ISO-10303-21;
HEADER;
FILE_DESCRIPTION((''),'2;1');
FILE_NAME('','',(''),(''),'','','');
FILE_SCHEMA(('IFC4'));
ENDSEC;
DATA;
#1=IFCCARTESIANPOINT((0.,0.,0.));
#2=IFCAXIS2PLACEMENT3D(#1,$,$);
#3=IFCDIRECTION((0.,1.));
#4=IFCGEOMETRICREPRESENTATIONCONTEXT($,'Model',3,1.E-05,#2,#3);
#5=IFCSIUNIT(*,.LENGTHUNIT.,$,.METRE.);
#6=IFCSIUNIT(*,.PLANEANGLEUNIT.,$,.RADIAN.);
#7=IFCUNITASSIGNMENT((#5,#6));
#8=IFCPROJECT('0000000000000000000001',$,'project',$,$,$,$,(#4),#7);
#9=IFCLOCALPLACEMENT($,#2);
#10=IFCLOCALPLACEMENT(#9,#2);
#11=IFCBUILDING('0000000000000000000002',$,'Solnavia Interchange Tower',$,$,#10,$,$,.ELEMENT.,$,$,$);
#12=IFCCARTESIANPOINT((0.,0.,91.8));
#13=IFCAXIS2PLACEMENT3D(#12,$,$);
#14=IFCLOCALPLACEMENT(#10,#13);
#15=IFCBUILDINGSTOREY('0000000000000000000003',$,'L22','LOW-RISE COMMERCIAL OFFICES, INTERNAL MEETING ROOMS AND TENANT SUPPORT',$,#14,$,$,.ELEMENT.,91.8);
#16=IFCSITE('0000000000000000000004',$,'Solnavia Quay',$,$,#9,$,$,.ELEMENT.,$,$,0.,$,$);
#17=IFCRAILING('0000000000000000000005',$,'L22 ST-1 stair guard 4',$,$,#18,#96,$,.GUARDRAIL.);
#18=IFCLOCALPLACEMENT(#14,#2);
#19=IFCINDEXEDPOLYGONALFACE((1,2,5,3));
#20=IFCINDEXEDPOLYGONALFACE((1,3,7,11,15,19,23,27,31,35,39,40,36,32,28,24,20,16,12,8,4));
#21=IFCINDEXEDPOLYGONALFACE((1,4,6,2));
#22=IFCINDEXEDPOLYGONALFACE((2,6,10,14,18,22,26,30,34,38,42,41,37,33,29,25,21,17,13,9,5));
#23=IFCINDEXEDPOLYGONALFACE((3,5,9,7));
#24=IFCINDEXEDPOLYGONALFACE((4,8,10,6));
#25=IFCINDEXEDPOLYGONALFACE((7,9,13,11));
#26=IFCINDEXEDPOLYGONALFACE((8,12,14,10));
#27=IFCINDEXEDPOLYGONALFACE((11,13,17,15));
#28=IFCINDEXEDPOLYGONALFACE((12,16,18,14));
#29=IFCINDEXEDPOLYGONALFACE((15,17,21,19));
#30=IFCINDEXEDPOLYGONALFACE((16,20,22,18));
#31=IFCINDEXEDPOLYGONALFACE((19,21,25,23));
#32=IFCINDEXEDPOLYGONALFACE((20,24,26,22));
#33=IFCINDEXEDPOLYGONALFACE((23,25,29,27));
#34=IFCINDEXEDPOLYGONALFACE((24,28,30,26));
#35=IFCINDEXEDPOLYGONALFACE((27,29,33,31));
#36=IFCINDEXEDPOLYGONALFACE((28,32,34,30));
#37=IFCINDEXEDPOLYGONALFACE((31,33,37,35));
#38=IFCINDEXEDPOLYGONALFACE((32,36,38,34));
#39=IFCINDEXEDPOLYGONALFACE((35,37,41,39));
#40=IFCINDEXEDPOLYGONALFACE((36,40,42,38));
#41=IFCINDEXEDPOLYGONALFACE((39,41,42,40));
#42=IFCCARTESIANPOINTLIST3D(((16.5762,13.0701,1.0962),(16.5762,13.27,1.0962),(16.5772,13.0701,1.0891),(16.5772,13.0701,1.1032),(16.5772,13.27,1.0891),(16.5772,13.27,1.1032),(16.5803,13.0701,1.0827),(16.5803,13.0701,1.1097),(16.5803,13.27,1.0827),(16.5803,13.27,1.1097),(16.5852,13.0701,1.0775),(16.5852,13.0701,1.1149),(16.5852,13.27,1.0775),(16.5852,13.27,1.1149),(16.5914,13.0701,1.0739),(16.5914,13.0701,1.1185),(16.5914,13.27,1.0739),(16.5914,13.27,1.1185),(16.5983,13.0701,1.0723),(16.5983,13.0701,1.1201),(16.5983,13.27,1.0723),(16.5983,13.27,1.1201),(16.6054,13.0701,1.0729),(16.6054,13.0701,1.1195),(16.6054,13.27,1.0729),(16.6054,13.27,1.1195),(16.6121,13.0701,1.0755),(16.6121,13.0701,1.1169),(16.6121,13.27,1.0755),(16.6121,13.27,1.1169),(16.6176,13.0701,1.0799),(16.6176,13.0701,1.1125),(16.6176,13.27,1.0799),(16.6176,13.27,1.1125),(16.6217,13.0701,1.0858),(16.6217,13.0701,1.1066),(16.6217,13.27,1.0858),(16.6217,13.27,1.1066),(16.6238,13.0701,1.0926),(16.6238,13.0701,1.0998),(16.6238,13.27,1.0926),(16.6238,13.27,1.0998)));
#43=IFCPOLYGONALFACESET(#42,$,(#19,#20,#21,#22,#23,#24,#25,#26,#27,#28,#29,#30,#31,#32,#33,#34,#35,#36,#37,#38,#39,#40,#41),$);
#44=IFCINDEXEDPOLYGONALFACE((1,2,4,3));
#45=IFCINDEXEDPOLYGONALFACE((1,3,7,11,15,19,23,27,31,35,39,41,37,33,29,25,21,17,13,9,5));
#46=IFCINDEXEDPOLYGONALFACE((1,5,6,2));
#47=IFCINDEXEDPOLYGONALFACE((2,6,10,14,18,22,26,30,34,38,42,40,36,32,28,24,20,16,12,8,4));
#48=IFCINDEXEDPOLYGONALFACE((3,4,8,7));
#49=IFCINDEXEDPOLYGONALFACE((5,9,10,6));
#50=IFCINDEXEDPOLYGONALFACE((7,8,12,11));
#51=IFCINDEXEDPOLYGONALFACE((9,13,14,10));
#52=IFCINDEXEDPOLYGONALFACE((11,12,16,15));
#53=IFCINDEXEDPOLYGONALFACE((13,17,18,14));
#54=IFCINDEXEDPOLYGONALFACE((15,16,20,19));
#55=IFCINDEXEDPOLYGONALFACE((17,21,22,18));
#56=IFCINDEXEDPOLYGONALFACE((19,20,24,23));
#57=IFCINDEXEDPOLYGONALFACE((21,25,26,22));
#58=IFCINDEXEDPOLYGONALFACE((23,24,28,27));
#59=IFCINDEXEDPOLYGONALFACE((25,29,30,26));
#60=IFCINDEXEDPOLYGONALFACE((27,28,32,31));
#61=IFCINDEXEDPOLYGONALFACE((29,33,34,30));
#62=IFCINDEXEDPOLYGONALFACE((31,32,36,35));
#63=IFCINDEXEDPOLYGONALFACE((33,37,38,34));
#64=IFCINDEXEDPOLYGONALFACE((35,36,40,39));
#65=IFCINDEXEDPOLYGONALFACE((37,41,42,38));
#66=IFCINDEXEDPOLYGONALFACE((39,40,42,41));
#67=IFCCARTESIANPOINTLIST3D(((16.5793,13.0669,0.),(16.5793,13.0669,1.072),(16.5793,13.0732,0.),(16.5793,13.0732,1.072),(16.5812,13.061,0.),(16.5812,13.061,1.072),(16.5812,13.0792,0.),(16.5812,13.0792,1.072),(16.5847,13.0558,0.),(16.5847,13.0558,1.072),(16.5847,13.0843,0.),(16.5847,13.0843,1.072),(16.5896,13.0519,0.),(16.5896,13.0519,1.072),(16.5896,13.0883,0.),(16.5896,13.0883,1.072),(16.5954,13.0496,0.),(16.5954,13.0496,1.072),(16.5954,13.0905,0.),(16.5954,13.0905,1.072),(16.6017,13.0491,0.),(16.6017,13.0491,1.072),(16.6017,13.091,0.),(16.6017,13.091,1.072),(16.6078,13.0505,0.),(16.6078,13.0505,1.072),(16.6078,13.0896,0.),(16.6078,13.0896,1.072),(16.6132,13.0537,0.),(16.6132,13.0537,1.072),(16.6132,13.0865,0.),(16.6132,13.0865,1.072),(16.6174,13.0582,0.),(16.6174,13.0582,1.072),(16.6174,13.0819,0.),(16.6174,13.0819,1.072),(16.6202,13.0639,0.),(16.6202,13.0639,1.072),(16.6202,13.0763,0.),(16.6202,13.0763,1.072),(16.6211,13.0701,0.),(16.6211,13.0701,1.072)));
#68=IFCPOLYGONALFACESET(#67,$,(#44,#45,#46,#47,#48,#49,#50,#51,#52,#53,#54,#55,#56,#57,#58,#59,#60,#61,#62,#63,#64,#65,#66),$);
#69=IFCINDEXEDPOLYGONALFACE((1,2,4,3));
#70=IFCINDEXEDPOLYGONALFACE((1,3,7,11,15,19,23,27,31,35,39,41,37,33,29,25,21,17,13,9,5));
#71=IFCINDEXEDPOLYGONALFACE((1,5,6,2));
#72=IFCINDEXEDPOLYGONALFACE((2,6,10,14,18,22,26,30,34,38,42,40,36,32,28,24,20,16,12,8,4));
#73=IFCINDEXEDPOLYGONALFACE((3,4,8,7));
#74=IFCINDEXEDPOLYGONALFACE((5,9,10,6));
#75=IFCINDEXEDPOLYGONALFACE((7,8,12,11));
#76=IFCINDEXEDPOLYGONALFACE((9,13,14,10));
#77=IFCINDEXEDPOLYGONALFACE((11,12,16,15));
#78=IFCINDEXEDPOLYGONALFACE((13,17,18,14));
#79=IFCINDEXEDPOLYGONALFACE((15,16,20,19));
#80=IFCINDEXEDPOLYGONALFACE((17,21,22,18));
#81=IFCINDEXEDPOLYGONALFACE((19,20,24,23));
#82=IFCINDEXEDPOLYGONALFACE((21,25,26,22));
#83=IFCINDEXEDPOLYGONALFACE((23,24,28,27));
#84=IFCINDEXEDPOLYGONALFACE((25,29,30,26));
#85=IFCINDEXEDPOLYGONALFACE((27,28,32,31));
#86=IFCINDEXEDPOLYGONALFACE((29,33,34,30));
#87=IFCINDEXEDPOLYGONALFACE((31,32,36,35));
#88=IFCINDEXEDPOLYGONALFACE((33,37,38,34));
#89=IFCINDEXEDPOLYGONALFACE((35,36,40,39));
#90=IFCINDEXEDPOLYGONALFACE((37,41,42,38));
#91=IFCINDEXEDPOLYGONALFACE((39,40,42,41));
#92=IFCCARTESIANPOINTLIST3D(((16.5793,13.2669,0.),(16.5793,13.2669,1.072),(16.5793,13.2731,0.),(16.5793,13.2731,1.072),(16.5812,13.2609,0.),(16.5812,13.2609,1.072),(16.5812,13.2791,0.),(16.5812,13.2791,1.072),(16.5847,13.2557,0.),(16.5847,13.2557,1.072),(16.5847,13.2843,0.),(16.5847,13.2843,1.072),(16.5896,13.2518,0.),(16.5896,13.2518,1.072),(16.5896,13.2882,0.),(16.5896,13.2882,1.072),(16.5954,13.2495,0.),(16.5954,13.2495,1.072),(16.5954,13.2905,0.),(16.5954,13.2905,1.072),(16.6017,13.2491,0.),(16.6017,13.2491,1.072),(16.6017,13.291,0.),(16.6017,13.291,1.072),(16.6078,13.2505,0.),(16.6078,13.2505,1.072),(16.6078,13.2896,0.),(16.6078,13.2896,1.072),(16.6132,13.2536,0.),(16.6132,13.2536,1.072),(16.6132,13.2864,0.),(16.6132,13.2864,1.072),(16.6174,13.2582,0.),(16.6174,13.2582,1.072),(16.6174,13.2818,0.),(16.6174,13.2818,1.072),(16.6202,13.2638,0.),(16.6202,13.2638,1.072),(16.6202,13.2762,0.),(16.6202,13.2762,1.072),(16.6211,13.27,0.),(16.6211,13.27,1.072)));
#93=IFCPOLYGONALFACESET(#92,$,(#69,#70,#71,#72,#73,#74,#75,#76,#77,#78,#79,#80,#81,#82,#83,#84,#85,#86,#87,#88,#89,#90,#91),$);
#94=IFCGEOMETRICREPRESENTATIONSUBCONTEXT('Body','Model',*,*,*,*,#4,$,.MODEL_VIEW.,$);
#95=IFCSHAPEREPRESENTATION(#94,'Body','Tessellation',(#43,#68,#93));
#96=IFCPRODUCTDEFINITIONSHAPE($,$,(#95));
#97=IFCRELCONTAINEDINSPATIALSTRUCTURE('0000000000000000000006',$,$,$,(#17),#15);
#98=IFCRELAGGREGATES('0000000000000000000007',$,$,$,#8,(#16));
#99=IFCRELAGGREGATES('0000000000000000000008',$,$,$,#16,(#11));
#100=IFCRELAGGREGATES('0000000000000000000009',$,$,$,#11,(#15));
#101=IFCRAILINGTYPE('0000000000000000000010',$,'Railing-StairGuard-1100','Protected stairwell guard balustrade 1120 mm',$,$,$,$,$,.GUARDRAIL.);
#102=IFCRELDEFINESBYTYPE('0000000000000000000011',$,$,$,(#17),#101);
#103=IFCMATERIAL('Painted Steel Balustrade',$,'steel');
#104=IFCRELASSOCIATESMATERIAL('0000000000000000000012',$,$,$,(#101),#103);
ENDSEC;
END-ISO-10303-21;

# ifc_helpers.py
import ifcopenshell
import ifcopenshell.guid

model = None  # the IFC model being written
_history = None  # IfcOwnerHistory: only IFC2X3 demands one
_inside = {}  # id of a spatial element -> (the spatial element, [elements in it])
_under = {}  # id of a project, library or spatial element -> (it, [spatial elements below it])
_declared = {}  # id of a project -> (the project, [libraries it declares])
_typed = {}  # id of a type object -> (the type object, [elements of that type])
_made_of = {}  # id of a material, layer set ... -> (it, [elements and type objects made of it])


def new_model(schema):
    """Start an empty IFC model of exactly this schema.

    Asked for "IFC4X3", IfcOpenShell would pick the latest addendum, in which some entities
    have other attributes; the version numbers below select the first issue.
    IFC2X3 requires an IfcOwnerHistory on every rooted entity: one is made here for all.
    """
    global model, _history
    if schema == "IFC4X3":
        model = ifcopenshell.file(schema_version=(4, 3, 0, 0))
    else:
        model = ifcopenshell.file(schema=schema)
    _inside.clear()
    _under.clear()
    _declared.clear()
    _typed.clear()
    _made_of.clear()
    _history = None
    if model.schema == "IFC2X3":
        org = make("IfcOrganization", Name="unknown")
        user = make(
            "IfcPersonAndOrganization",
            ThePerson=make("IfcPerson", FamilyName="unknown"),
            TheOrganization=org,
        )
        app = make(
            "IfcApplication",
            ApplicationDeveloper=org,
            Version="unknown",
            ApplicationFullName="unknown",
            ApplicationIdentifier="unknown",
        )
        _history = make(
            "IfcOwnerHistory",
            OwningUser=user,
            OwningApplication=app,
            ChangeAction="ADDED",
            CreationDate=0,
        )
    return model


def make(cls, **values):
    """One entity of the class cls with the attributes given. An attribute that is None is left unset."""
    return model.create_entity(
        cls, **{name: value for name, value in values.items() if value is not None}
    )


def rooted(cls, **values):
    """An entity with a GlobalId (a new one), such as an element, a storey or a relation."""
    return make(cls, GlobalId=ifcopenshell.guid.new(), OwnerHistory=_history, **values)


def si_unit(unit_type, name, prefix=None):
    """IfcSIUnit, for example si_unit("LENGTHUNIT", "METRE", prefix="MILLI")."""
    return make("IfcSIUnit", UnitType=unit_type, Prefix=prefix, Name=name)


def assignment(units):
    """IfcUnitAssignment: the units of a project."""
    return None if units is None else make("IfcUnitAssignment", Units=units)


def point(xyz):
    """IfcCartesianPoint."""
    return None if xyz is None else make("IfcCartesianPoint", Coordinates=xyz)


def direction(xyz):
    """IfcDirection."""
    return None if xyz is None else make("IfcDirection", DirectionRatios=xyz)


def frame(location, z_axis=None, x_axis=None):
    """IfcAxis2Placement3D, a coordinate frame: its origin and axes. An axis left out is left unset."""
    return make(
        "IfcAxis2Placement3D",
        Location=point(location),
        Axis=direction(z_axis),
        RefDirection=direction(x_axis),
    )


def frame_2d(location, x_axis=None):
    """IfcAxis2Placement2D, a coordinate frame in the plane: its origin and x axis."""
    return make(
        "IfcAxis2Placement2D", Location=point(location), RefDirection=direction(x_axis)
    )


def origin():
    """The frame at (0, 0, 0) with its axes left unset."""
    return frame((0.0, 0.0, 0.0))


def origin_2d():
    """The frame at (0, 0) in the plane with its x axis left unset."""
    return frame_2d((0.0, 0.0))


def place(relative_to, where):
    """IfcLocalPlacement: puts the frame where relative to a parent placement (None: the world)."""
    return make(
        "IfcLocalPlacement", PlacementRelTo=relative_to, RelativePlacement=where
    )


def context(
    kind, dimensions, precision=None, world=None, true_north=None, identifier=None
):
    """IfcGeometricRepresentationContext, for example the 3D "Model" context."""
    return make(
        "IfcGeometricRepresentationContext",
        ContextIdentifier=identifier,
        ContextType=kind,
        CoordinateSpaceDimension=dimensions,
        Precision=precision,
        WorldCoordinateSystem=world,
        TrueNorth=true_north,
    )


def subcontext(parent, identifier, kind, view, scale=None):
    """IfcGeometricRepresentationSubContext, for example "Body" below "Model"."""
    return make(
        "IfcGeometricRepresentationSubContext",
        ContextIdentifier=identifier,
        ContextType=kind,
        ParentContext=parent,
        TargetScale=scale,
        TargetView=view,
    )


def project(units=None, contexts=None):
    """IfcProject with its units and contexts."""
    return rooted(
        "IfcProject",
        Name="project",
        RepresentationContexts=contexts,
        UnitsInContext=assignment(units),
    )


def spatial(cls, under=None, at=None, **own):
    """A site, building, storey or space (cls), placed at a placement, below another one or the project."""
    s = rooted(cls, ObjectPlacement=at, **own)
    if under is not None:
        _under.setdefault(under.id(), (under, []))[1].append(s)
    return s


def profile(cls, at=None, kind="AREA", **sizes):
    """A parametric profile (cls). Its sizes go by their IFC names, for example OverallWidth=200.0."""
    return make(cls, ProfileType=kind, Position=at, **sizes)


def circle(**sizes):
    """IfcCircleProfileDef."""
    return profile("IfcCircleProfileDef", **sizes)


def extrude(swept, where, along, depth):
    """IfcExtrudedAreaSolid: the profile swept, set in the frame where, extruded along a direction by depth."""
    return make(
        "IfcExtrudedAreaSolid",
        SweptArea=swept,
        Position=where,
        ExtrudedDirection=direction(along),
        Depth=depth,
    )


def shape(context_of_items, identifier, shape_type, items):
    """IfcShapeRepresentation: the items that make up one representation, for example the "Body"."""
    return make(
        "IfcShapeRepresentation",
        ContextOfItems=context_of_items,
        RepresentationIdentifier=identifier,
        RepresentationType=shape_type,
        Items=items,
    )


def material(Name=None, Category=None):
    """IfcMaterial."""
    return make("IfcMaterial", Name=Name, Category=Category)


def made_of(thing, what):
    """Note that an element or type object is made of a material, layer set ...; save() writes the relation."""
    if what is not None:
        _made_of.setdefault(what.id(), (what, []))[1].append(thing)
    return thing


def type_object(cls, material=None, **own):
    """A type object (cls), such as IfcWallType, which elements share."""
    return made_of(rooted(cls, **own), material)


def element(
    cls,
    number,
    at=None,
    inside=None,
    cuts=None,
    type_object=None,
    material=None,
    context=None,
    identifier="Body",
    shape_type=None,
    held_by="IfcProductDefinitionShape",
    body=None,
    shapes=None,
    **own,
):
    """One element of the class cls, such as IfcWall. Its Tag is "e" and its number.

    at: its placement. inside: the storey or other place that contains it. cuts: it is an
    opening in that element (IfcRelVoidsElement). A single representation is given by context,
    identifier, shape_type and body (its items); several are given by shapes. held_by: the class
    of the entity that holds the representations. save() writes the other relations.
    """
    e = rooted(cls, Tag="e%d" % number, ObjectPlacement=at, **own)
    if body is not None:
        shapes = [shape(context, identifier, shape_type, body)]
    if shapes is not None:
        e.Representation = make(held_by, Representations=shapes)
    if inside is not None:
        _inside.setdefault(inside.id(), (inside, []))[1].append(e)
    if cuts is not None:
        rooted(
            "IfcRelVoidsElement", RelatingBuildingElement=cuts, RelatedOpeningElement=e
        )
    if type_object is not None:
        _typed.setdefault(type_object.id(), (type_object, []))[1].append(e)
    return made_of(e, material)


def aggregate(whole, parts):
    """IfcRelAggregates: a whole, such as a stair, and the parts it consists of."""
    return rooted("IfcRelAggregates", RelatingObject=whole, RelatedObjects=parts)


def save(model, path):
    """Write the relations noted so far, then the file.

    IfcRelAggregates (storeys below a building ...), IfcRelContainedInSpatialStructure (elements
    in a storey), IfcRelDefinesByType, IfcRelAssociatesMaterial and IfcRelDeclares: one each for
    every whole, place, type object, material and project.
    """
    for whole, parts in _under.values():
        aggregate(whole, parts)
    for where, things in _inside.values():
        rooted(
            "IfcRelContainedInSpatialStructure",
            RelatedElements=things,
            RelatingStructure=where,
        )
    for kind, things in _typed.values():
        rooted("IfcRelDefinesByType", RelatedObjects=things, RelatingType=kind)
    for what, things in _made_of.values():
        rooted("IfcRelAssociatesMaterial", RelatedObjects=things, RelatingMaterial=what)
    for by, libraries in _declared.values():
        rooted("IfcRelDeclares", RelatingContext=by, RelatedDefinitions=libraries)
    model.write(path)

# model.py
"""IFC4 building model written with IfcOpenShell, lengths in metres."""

from ifc_helpers import new_model, si_unit, direction, frame, origin, origin_2d, place, context, subcontext, project, spatial, circle, extrude, material, type_object, element, save


model = new_model("IFC4")

# Units and contexts
model_context = context("Model", 3, precision=1e-05, world=origin(), true_north=direction((0.0, 1.0)))
body_context = subcontext(model_context, "Body", "Model", "MODEL_VIEW")
ifc_project = project(units=[si_unit("LENGTHUNIT", "METRE"), si_unit("PLANEANGLEUNIT", "RADIAN")], contexts=[model_context])

# Site, building, storey
site_placement = place(None, origin())
site = spatial("IfcSite", under=ifc_project, at=site_placement, Name="Solnavia Quay", CompositionType="ELEMENT", RefElevation=0.0)
building_placement = place(site_placement, origin())
building = spatial("IfcBuilding", under=site, at=building_placement, Name="Solnavia Interchange Tower", CompositionType="ELEMENT")
storey_placement = place(building_placement, frame((0.0, 0.0, 91.8)))
storey = spatial("IfcBuildingStorey", under=building, at=storey_placement, Name="L22", Description="LOW-RISE COMMERCIAL OFFICES, INTERNAL MEETING ROOMS AND TENANT SUPPORT", CompositionType="ELEMENT", Elevation=91.8)

# Railing
ifc_material_1 = material(Name="Painted Steel Balustrade", Category="steel")
railing_type_1 = type_object("IfcRailingType", Name="Railing-StairGuard-1100", Description="Protected stairwell guard balustrade 1120 mm", PredefinedType="GUARDRAIL", material=ifc_material_1)
railing_1_placement = place(storey_placement, frame((16.6001, 13.0701, 0.0)))
element("IfcRailing", 1, at=railing_1_placement, inside=storey, type_object=railing_type_1, Name="L22 ST-1 stair guard 4", PredefinedType="GUARDRAIL", context=body_context, shape_type="SweptSolid", body=[
    extrude(circle(Radius=0.0239, at=origin_2d()), frame((0.0, 0.0, 1.0962), z_axis=(0.0, 1.0, 0.0), x_axis=(-1.0, 0.0, 0.0)), (0.0, 0.0, 1.0), 0.2),
    extrude(circle(Radius=0.021, at=origin_2d()), origin(), (0.0, 0.0, 1.0), 1.072),
    extrude(circle(Radius=0.021, at=origin_2d()), frame((0.0, 0.2, 0.0)), (0.0, 0.0, 1.0), 1.072),
])

save(model, "model.ifc")
